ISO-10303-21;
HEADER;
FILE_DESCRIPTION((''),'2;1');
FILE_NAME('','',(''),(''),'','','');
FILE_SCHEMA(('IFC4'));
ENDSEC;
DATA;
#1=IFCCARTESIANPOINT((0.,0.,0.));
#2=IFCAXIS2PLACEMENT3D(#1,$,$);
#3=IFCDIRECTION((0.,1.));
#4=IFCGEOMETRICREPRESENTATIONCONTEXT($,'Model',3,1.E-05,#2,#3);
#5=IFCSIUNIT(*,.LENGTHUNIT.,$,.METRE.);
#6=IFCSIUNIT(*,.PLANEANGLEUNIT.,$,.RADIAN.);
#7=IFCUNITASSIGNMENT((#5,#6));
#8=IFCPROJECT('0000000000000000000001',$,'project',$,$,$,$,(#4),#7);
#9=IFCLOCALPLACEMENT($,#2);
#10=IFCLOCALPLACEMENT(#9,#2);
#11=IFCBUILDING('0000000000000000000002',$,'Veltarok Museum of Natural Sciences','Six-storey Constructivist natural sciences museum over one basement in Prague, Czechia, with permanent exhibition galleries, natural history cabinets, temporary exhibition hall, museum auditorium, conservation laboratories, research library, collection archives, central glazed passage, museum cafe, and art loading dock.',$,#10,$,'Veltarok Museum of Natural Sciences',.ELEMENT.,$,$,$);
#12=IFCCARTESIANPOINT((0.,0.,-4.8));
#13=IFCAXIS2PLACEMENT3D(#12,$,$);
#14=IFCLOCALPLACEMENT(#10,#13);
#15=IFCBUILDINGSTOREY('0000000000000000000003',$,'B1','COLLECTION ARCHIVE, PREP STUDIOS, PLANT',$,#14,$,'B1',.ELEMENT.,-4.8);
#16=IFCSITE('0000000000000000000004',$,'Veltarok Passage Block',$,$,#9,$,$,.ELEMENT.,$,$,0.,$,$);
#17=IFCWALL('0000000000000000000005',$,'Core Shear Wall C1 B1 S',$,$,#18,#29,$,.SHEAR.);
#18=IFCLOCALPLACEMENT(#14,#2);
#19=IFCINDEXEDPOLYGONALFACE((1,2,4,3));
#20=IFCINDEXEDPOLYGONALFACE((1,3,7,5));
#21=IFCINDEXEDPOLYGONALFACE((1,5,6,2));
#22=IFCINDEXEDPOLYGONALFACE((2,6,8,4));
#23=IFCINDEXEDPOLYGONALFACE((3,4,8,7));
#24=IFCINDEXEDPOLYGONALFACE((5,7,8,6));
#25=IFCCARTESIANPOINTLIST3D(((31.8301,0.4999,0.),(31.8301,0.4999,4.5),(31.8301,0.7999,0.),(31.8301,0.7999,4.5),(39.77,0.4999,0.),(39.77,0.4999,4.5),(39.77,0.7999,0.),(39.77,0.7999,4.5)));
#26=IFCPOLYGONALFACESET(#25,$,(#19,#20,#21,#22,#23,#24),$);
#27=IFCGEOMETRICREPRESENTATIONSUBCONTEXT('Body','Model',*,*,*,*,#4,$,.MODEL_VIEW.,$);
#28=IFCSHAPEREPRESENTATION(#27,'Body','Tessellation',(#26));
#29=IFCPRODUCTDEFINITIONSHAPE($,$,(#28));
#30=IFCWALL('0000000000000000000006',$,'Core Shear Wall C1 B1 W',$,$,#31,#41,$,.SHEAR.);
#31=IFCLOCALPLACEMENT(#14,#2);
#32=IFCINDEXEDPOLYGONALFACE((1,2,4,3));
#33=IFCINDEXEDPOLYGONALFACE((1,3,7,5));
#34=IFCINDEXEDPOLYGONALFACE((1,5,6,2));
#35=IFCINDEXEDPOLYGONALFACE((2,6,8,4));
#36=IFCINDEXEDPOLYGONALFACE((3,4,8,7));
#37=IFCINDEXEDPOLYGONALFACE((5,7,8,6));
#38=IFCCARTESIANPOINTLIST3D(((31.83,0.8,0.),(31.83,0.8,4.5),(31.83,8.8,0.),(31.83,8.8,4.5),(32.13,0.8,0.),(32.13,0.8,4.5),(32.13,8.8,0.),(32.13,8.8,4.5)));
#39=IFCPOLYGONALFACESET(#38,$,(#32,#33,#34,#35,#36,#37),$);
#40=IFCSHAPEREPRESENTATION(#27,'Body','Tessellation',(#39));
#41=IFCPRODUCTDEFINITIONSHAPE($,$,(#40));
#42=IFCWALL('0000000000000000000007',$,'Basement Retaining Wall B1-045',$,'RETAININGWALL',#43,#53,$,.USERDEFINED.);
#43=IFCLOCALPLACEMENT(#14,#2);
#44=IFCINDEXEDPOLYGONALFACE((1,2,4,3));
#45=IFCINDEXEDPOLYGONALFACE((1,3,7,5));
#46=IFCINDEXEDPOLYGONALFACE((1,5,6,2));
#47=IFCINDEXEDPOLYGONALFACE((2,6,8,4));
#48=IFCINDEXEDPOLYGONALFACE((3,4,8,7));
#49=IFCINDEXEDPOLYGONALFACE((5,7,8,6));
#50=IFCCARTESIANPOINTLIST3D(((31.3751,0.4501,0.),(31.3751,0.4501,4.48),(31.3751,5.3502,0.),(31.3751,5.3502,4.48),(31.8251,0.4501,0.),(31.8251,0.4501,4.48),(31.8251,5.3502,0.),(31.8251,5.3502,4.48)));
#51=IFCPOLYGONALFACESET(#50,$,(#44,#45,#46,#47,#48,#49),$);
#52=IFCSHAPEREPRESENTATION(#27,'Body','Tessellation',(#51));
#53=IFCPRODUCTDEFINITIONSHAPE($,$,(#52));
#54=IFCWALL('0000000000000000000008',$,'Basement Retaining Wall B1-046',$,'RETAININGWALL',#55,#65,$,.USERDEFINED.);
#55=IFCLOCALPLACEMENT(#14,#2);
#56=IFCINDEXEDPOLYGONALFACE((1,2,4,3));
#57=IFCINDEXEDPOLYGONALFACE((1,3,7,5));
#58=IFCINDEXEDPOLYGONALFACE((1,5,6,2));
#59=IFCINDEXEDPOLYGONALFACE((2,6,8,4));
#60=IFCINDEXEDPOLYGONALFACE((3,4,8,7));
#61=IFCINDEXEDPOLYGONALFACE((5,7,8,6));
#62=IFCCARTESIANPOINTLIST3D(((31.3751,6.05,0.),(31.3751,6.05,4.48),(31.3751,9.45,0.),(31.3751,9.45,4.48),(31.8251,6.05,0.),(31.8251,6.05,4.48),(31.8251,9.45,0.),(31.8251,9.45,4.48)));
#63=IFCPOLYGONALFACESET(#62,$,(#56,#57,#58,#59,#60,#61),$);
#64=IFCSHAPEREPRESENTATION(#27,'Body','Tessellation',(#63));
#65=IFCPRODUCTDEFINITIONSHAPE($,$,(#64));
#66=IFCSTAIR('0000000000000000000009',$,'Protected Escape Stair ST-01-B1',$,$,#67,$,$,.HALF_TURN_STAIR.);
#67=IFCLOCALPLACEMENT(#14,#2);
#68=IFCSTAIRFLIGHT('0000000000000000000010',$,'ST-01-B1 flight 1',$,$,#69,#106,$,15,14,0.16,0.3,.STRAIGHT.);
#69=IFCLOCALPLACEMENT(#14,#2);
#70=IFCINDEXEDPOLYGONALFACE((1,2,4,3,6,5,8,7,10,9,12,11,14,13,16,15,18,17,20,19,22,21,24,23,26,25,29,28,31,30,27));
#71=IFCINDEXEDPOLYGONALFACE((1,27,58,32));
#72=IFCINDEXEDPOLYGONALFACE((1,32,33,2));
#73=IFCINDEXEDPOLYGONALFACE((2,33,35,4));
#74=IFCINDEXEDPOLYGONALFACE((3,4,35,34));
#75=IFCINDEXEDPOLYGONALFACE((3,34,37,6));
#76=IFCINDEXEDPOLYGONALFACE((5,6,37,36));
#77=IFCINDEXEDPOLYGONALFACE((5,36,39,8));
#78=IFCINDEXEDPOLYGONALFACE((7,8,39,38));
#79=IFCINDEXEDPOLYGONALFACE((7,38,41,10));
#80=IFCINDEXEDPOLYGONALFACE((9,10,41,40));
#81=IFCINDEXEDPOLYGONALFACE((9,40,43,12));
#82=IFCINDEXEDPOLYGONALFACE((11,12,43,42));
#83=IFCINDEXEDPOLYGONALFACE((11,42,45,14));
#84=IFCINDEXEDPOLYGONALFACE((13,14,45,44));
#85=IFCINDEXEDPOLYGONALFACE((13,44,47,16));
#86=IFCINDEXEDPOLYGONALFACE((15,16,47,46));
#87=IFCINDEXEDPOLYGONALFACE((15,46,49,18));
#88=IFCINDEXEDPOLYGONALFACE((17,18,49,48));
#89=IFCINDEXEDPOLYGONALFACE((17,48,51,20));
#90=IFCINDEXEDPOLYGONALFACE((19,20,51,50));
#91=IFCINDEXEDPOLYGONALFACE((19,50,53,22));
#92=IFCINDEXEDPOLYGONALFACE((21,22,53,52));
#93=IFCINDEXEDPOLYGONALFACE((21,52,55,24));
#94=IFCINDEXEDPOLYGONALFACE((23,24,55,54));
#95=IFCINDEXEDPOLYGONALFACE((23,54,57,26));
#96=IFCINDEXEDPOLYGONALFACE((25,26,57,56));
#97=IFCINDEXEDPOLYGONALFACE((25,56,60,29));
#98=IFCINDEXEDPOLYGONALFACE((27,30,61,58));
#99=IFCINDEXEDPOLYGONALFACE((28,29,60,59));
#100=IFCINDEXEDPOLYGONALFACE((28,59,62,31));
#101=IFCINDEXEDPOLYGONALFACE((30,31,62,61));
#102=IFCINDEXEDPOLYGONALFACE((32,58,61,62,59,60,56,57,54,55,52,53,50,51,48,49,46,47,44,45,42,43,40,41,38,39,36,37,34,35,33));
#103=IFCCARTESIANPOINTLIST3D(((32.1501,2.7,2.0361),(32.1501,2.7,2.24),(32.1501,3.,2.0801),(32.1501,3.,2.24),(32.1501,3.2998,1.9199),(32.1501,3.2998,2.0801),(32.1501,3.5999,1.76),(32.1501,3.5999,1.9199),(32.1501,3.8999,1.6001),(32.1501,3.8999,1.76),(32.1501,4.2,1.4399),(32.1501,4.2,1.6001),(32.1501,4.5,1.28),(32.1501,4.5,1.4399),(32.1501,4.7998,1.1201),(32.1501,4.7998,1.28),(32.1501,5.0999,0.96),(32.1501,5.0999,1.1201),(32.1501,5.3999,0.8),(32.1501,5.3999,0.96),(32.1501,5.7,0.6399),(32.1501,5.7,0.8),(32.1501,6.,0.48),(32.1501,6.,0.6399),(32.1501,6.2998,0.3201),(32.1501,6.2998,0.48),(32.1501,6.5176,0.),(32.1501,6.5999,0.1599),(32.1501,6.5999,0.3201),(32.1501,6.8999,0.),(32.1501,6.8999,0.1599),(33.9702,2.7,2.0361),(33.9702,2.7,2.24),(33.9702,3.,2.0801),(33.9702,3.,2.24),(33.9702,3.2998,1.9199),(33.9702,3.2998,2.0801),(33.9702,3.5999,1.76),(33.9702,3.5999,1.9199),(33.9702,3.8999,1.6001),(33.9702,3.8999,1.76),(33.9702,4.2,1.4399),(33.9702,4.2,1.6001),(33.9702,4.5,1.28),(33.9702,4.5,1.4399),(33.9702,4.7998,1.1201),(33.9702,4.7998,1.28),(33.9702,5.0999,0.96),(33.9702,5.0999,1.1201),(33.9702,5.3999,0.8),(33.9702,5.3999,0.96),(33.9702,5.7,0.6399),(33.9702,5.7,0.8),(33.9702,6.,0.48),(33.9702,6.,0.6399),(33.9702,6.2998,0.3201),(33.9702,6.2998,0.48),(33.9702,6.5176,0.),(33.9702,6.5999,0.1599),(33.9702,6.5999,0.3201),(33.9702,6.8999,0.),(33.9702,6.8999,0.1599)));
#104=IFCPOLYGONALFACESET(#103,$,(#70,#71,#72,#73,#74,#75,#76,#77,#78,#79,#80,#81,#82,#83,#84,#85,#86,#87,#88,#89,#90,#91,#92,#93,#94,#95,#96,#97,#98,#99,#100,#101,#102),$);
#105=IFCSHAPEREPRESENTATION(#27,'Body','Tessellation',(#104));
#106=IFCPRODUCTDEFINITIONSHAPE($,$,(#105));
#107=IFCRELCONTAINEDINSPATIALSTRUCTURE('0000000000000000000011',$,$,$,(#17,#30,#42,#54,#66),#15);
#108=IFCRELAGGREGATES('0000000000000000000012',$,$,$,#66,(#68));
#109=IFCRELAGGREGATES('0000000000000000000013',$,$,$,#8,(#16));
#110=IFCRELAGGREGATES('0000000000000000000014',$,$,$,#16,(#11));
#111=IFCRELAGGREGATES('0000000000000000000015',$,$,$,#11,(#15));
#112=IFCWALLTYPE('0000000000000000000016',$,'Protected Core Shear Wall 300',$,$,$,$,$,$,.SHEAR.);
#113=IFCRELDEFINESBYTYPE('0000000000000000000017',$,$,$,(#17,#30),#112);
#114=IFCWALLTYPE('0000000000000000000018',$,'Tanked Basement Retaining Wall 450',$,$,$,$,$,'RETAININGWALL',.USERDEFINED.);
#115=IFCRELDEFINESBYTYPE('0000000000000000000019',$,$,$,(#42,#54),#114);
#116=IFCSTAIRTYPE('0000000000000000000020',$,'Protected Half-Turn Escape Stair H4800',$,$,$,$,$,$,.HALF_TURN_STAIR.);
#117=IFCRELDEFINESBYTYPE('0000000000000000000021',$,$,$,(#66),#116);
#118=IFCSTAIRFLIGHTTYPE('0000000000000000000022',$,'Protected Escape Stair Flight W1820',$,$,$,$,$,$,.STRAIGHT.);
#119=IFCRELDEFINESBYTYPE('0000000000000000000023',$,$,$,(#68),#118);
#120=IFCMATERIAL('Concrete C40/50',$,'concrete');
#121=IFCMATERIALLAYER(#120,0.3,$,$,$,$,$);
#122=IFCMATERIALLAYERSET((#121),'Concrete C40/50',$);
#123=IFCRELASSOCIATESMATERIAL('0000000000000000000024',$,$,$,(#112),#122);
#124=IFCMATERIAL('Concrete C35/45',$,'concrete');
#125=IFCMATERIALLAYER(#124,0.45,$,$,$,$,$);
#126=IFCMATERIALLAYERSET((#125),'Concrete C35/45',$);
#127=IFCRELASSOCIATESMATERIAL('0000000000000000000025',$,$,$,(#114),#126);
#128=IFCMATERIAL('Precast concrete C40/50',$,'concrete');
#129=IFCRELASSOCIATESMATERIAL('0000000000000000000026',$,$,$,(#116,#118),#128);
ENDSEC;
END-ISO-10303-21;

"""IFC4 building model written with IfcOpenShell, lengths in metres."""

from ifc_helpers import new_model, si_unit, direction, frame, frame_2d, origin, place, context, subcontext, project, spatial, polyline, rectangle, outline, extrude, material, layer, layer_set, type_object, element, aggregate, save


model = new_model("IFC4")

# Units and contexts
model_context = context("Model", 3, precision=1e-05, world=origin(), true_north=direction((0.0, 1.0)))
body_context = subcontext(model_context, "Body", "Model", "MODEL_VIEW")
ifc_project = project(units=[si_unit("LENGTHUNIT", "METRE"), si_unit("PLANEANGLEUNIT", "RADIAN")], contexts=[model_context])

# Site, building, storey
site_placement = place(None, origin())
site = spatial("IfcSite", under=ifc_project, at=site_placement, Name="Veltarok Passage Block", CompositionType="ELEMENT", RefElevation=0.0)
building_placement = place(site_placement, origin())
building = spatial("IfcBuilding", under=site, at=building_placement, Name="Veltarok Museum of Natural Sciences", Description="Six-storey Constructivist natural sciences museum over one basement in Prague, Czechia, with permanent exhibition galleries, natural history cabinets, temporary exhibition hall, museum auditorium, conservation laboratories, research library, collection archives, central glazed passage, museum cafe, and art loading dock.", LongName="Veltarok Museum of Natural Sciences", CompositionType="ELEMENT")
storey_placement = place(building_placement, frame((0.0, 0.0, -4.8)))
storey = spatial("IfcBuildingStorey", under=building, at=storey_placement, Name="B1", Description="COLLECTION ARCHIVE, PREP STUDIOS, PLANT", LongName="B1", CompositionType="ELEMENT", Elevation=-4.8)

# Shared definitions
ifc_material_1 = material(Name="Concrete C35/45", Category="concrete")

# Walls
ifc_material_2 = material(Name="Concrete C40/50", Category="concrete")
ifc_layer_1 = layer(ifc_material_2, 0.3)
ifc_layer_set_1 = layer_set([ifc_layer_1], Name="Concrete C40/50")
wall_type_1 = type_object("IfcWallType", Name="Protected Core Shear Wall 300", PredefinedType="SHEAR", material=ifc_layer_set_1)
wall_1_placement = place(storey_placement, frame((31.8301, 0.6499, 0.0), z_axis=(0.0, 0.0, 1.0), x_axis=(1.0, 0.0, 0.0)))
element("IfcWall", 1, at=wall_1_placement, inside=storey, type_object=wall_type_1, Name="Core Shear Wall C1 B1 S", PredefinedType="SHEAR", context=body_context, shape_type="SweptSolid", body=[
    extrude(rectangle(XDim=7.9399, YDim=0.3, at=frame_2d((3.97, 0.0))), origin(), (0.0, 0.0, 1.0), 4.5),
])
wall_2_placement = place(storey_placement, frame((31.98, 8.8, 0.0), z_axis=(0.0, 0.0, 1.0), x_axis=(0.0, -1.0, 0.0)))
element("IfcWall", 2, at=wall_2_placement, inside=storey, type_object=wall_type_1, Name="Core Shear Wall C1 B1 W", PredefinedType="SHEAR", context=body_context, shape_type="SweptSolid", body=[
    extrude(rectangle(XDim=8.0, YDim=0.3, at=frame_2d((4.0, 0.0))), origin(), (0.0, 0.0, 1.0), 4.5),
])
ifc_layer_2 = layer(ifc_material_1, 0.45)
ifc_layer_set_2 = layer_set([ifc_layer_2], Name="Concrete C35/45")
wall_type_2 = type_object("IfcWallType", Name="Tanked Basement Retaining Wall 450", ElementType="RETAININGWALL", PredefinedType="USERDEFINED", material=ifc_layer_set_2)
wall_3_placement = place(storey_placement, frame((31.6001, 0.45, 0.0), z_axis=(0.0, 0.0, 1.0), x_axis=(0.0, 1.0, 0.0)))
element("IfcWall", 3, at=wall_3_placement, inside=storey, type_object=wall_type_2, Name="Basement Retaining Wall B1-045", ObjectType="RETAININGWALL", PredefinedType="USERDEFINED", context=body_context, shape_type="SweptSolid", body=[
    extrude(rectangle(XDim=4.9001, YDim=0.45, at=frame_2d((2.4502, 0.0))), origin(), (0.0, 0.0, 1.0), 4.48),
])
wall_4_placement = place(storey_placement, frame((31.6001, 6.05, 0.0), z_axis=(0.0, 0.0, 1.0), x_axis=(0.0, 1.0, 0.0)))
element("IfcWall", 4, at=wall_4_placement, inside=storey, type_object=wall_type_2, Name="Basement Retaining Wall B1-046", ObjectType="RETAININGWALL", PredefinedType="USERDEFINED", context=body_context, shape_type="SweptSolid", body=[
    extrude(rectangle(XDim=3.3999, YDim=0.45, at=frame_2d((1.7, 0.0))), origin(), (0.0, 0.0, 1.0), 4.48),
])

# Stair, stair flight
ifc_material_3 = material(Name="Precast concrete C40/50", Category="concrete")
stair_type = type_object("IfcStairType", Name="Protected Half-Turn Escape Stair H4800", PredefinedType="HALF_TURN_STAIR", material=ifc_material_3)
stair_placement = place(storey_placement, origin())
stair = element("IfcStair", 5, at=stair_placement, inside=storey, type_object=stair_type, Name="Protected Escape Stair ST-01-B1", PredefinedType="HALF_TURN_STAIR")
stair_flight_type = type_object("IfcStairFlightType", Name="Protected Escape Stair Flight W1820", PredefinedType="STRAIGHT", material=ifc_material_3)
stair_flight_placement = place(storey_placement, frame((33.0601, 6.8999, 0.0), z_axis=(0.0, 0.0, 1.0), x_axis=(0.0, -1.0, 0.0)))
stair_flight = element("IfcStairFlight", 6, at=stair_flight_placement, type_object=stair_flight_type, Name="ST-01-B1 flight 1", NumberOfRisers=15, NumberOfTreads=14, PredefinedType="STRAIGHT", RiserHeight=0.16, TreadLength=0.3, context=body_context, shape_type="SweptSolid", body=[
    extrude(outline(polyline([(0.0, 0.0), (0.0, 0.1599), (0.3, 0.1599), (0.3, 0.3201), (0.6001, 0.3201), (0.6001, 0.48), (0.8999, 0.48), (0.8999, 0.6399), (1.2, 0.6399), (1.2, 0.8), (1.5, 0.8), (1.5, 0.96), (1.8, 0.96), (1.8, 1.1201), (2.1001, 1.1201), (2.1001, 1.28), (2.3999, 1.28), (2.3999, 1.4399), (2.7, 1.4399), (2.7, 1.6001), (3.0, 1.6001), (3.0, 1.76), (3.3, 1.76), (3.3, 1.9199), (3.6001, 1.9199), (3.6001, 2.0801), (3.8999, 2.0801), (3.8999, 2.24), (4.2, 2.24), (4.2, 2.3999), (4.2, 2.0361), (0.3823, 0.0), (0.0, 0.0)])), frame((0.0, 0.9102, 0.0), z_axis=(0.0, -1.0, 0.0), x_axis=(1.0, 0.0, 0.0)), (0.0, 0.0, 1.0), 1.8201),
])
aggregate(stair, [stair_flight])

save(model, "model.ifc")
